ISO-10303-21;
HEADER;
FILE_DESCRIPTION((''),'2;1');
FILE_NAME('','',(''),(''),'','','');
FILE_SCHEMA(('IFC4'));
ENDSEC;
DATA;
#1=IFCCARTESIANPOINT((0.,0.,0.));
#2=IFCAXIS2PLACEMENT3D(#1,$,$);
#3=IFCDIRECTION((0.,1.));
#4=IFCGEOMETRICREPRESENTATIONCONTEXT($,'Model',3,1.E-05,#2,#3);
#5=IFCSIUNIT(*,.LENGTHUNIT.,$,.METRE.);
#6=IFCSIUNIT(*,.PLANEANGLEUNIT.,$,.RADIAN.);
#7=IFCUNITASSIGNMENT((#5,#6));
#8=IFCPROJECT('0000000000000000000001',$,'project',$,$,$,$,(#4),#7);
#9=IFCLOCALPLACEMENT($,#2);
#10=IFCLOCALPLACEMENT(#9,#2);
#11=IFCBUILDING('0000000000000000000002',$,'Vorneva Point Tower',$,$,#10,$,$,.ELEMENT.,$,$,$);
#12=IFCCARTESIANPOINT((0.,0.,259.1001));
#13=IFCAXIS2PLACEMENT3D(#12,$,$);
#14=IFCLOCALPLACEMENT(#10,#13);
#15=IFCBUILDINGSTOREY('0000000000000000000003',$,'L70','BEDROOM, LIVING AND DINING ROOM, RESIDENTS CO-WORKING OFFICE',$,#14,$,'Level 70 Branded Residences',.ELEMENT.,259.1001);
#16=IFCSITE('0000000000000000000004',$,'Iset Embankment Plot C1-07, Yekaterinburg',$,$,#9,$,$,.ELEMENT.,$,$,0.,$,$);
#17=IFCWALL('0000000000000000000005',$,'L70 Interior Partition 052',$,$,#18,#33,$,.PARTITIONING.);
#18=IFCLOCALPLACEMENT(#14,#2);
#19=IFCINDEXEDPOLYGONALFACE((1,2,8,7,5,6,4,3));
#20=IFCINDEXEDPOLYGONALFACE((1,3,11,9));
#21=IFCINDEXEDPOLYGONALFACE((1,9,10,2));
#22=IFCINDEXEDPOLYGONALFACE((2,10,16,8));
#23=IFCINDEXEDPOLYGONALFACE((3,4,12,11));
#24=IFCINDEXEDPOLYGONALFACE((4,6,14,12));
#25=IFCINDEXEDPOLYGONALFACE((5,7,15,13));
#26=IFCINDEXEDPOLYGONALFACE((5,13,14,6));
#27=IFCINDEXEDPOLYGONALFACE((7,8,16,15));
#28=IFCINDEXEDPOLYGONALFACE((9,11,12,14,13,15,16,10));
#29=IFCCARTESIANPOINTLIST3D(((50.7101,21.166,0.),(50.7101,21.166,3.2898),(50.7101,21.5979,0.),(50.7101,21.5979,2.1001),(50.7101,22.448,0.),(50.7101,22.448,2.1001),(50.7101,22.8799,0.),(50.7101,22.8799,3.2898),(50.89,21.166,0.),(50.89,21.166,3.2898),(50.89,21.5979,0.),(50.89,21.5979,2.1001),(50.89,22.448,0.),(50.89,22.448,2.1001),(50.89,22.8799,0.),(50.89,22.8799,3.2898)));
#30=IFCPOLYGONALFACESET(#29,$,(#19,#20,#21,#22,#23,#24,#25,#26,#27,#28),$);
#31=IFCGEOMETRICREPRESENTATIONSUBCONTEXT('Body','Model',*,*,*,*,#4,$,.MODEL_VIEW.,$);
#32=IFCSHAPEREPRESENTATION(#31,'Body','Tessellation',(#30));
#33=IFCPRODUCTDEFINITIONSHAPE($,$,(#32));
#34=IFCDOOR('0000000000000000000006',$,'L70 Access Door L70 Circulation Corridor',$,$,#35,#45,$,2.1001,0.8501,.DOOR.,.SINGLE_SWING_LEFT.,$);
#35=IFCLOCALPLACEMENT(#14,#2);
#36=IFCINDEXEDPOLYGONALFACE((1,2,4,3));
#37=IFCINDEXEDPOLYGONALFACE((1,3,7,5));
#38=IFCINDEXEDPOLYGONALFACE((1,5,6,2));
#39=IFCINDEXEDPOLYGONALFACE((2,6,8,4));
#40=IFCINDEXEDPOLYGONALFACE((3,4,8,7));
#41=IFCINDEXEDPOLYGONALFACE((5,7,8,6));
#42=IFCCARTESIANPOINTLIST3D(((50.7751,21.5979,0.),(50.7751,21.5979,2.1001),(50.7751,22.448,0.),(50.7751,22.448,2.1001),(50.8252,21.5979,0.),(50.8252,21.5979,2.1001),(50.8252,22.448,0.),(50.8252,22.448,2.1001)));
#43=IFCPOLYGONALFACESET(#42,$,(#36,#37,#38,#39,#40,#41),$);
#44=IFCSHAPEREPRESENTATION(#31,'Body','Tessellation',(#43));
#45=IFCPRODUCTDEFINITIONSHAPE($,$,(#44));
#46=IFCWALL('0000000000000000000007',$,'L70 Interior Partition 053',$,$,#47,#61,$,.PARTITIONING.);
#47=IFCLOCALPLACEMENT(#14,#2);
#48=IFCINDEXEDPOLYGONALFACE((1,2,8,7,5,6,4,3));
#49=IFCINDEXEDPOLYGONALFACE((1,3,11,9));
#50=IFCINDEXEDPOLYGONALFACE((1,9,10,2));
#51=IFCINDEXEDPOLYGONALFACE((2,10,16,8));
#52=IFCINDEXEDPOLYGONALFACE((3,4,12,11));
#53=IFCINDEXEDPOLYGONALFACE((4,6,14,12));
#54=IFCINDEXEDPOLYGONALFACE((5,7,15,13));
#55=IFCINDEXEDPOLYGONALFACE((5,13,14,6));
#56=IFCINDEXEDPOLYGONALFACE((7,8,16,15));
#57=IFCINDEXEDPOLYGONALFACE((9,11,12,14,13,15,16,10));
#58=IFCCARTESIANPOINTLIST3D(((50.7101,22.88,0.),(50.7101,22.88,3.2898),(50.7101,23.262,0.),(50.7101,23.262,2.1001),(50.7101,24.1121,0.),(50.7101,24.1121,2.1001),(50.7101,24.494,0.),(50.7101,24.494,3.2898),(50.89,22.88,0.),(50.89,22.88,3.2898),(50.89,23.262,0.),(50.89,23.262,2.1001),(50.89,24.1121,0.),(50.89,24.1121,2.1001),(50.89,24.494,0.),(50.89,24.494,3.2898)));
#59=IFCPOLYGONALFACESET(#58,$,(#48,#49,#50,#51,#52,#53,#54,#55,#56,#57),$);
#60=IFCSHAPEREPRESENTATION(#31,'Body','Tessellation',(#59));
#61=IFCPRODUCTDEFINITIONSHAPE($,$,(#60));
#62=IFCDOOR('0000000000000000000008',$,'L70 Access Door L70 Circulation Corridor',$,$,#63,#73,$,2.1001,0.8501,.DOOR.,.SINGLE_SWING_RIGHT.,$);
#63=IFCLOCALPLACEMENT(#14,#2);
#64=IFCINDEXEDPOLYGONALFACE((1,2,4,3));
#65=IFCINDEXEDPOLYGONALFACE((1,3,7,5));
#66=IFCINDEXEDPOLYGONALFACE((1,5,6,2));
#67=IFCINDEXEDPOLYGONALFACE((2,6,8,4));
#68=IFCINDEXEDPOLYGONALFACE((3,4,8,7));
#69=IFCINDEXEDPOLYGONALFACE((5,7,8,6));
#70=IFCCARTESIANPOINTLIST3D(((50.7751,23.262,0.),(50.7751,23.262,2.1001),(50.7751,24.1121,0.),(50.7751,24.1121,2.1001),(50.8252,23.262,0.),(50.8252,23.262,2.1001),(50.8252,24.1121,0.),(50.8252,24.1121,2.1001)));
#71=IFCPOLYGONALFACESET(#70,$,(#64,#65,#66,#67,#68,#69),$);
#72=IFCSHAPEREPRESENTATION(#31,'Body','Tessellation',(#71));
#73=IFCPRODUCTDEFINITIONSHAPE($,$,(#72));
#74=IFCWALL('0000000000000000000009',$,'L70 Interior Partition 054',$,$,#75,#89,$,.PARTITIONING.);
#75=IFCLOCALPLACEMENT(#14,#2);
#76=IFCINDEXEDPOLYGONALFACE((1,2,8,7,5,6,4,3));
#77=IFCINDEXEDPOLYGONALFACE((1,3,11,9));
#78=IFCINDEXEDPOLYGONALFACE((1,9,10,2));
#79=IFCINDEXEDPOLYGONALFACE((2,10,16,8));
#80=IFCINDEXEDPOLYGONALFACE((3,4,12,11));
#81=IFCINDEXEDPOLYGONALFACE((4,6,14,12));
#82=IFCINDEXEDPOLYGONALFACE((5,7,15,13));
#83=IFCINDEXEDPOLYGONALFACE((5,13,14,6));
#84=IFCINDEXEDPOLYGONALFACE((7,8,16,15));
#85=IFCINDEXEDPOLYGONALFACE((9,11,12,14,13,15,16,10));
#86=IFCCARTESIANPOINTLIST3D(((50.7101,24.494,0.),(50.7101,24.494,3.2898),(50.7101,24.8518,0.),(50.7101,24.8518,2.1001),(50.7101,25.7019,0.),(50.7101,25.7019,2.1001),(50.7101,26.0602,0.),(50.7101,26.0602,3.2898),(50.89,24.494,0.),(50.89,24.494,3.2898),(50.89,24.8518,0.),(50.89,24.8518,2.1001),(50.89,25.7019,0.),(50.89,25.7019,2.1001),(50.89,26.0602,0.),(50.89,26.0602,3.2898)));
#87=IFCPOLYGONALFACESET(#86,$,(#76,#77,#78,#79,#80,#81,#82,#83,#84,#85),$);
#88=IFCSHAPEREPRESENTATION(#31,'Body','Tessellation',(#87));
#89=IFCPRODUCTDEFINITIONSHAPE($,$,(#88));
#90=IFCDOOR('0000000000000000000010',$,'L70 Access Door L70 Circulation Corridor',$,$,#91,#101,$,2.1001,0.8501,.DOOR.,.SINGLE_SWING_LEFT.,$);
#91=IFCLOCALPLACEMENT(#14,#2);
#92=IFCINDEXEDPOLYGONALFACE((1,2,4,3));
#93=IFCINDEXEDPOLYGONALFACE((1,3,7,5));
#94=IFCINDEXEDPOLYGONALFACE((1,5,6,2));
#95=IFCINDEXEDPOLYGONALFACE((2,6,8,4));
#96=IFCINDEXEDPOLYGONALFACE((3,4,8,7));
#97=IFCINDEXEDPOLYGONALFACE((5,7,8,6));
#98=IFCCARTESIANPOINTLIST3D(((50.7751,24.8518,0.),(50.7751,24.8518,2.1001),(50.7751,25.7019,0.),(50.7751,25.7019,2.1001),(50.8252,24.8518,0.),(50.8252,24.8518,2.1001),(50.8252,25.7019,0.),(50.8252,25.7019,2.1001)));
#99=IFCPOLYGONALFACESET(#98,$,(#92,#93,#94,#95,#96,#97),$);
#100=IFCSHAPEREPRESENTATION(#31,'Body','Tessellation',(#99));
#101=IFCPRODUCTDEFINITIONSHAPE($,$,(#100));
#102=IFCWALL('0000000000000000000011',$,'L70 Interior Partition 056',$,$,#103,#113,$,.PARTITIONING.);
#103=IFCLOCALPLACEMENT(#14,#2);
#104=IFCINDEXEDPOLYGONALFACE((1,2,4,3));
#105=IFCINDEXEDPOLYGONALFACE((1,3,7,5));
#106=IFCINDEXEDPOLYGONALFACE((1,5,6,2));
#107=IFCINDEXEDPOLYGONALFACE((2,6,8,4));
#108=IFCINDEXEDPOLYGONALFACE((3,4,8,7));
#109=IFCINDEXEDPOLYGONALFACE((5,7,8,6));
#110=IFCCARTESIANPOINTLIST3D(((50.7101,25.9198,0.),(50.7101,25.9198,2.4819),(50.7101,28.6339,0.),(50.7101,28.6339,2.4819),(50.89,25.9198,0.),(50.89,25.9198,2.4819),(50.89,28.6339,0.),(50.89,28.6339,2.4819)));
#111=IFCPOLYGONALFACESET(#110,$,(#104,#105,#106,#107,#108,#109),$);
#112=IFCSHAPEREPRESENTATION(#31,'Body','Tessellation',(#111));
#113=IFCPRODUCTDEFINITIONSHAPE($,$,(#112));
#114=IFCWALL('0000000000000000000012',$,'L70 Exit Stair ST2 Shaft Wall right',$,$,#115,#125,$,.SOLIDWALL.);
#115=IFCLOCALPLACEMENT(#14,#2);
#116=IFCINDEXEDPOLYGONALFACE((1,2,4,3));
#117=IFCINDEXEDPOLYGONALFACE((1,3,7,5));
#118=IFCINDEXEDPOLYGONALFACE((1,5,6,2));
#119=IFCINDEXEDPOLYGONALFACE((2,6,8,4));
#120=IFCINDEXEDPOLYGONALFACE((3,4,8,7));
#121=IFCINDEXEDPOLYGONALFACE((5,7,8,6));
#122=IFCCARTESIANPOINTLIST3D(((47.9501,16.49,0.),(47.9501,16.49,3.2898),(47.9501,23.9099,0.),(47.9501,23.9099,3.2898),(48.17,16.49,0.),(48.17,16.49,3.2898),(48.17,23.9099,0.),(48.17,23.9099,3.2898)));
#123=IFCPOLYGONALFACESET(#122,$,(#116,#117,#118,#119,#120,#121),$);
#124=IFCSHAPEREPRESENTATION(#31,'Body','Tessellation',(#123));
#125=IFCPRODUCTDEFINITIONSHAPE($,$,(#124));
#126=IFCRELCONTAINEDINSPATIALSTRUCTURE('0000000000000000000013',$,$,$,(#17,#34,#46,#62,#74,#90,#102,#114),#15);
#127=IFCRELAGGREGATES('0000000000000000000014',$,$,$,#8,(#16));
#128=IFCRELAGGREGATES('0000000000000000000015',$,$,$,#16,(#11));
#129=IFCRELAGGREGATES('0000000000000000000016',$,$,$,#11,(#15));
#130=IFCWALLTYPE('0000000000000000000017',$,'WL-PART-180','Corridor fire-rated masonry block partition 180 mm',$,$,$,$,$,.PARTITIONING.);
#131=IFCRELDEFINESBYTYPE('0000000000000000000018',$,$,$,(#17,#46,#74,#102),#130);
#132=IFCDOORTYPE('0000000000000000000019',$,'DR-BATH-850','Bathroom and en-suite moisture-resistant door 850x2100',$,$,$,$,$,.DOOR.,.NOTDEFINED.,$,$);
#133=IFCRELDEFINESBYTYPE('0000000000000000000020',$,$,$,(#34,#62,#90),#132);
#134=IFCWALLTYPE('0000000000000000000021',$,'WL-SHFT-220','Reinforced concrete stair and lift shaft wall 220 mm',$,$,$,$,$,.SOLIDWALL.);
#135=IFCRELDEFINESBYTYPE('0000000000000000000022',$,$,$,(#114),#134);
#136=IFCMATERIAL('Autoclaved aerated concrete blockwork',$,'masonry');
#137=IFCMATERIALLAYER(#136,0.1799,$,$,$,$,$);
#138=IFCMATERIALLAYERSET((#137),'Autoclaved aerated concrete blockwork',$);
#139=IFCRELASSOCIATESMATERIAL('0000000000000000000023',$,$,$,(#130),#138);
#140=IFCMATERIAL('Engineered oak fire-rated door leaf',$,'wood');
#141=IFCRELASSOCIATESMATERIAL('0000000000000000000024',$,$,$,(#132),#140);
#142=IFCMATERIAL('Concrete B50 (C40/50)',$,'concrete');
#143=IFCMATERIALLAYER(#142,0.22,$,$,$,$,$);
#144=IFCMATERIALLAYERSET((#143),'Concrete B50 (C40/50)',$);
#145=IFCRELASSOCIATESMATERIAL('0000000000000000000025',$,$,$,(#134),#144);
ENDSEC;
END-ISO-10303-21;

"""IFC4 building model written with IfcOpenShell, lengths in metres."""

from ifc_helpers import new_model, si_unit, direction, frame, frame_2d, origin, place, context, subcontext, project, spatial, rectangle, extrude, material, layer, layer_set, type_object, element, fill, save


model = new_model("IFC4")

# Units and contexts
model_context = context("Model", 3, precision=1e-05, world=origin(), true_north=direction((0.0, 1.0)))
body_context = subcontext(model_context, "Body", "Model", "MODEL_VIEW")
ifc_project = project(units=[si_unit("LENGTHUNIT", "METRE"), si_unit("PLANEANGLEUNIT", "RADIAN")], contexts=[model_context])

# Site, building, storey
site_placement = place(None, origin())
site = spatial("IfcSite", under=ifc_project, at=site_placement, Name="Iset Embankment Plot C1-07, Yekaterinburg", CompositionType="ELEMENT", RefElevation=0.0)
building_placement = place(site_placement, origin())
building = spatial("IfcBuilding", under=site, at=building_placement, Name="Vorneva Point Tower", CompositionType="ELEMENT")
storey_placement = place(building_placement, frame((0.0, 0.0, 259.1001)))
storey = spatial("IfcBuildingStorey", under=building, at=storey_placement, Name="L70", Description="BEDROOM, LIVING AND DINING ROOM, RESIDENTS CO-WORKING OFFICE", LongName="Level 70 Branded Residences", CompositionType="ELEMENT", Elevation=259.1001)

# Shared definitions
ifc_material_1 = material(Name="Concrete B50 (C40/50)", Category="concrete")

# Walls, openings, doors
ifc_material_2 = material(Name="Autoclaved aerated concrete blockwork", Category="masonry")
ifc_layer_1 = layer(ifc_material_2, 0.1799)
ifc_layer_set_1 = layer_set([ifc_layer_1], Name="Autoclaved aerated concrete blockwork")
wall_type_1 = type_object("IfcWallType", Name="WL-PART-180", Description="Corridor fire-rated masonry block partition 180 mm", PredefinedType="PARTITIONING", material=ifc_layer_set_1)
ifc_material_3 = material(Name="Engineered oak fire-rated door leaf", Category="wood")
door_type_1 = type_object("IfcDoorType", Name="DR-BATH-850", Description="Bathroom and en-suite moisture-resistant door 850x2100", OperationType="NOTDEFINED", PredefinedType="DOOR", material=ifc_material_3)
wall_1_placement = place(storey_placement, frame((50.8, 21.166, 0.0), z_axis=(0.0, 0.0, 1.0), x_axis=(0.0, 1.0, 0.0)))
wall_1 = element("IfcWall", 1, at=wall_1_placement, inside=storey, type_object=wall_type_1, Name="L70 Interior Partition 052", PredefinedType="PARTITIONING", context=body_context, shape_type="SweptSolid", body=[
    extrude(rectangle(XDim=1.7139, YDim=0.1799, at=frame_2d((0.8569, 0.0))), origin(), (0.0, 0.0, 1.0), 3.2898),
])
opening_1_placement = place(wall_1_placement, frame((0.4319, 0.0, 0.0)))
opening_1 = element("IfcOpeningElement", 2, at=opening_1_placement, cuts=wall_1, PredefinedType="OPENING", context=body_context, shape_type="SweptSolid", body=[
    extrude(rectangle(XDim=0.8501, YDim=2.1001, at=frame_2d((0.425, 1.05))), frame((0.0, 0.105, 0.0), z_axis=(0.0, -1.0, 0.0), x_axis=(1.0, 0.0, 0.0)), (0.0, 0.0, 1.0), 0.2097),
])
door_1_placement = place(opening_1_placement, origin())
door_1 = element("IfcDoor", 3, at=door_1_placement, inside=storey, type_object=door_type_1, Name="L70 Access Door L70 Circulation Corridor", OperationType="SINGLE_SWING_LEFT", OverallHeight=2.1001, OverallWidth=0.8501, PredefinedType="DOOR", context=body_context, shape_type="SweptSolid", body=[
    extrude(rectangle(XDim=0.8501, YDim=2.1001, at=frame_2d((0.425, 1.05))), frame((0.0, 0.0249, 0.0), z_axis=(0.0, -1.0, 0.0), x_axis=(1.0, 0.0, 0.0)), (0.0, 0.0, 1.0), 0.05),
])
fill(opening_1, door_1)
wall_2_placement = place(storey_placement, frame((50.8, 22.8799, 0.0), z_axis=(0.0, 0.0, 1.0), x_axis=(0.0, 1.0, 0.0)))
wall_2 = element("IfcWall", 4, at=wall_2_placement, inside=storey, type_object=wall_type_1, Name="L70 Interior Partition 053", PredefinedType="PARTITIONING", context=body_context, shape_type="SweptSolid", body=[
    extrude(rectangle(XDim=1.614, YDim=0.1799, at=frame_2d((0.8071, 0.0))), origin(), (0.0, 0.0, 1.0), 3.2898),
])
opening_2_placement = place(wall_2_placement, frame((0.3821, 0.0, 0.0)))
opening_2 = element("IfcOpeningElement", 5, at=opening_2_placement, cuts=wall_2, PredefinedType="OPENING", context=body_context, shape_type="SweptSolid", body=[
    extrude(rectangle(XDim=0.8501, YDim=2.1001, at=frame_2d((0.425, 1.05))), frame((0.0, 0.105, 0.0), z_axis=(0.0, -1.0, 0.0), x_axis=(1.0, 0.0, 0.0)), (0.0, 0.0, 1.0), 0.2097),
])
door_2_placement = place(opening_2_placement, origin())
door_2 = element("IfcDoor", 6, at=door_2_placement, inside=storey, type_object=door_type_1, Name="L70 Access Door L70 Circulation Corridor", OperationType="SINGLE_SWING_RIGHT", OverallHeight=2.1001, OverallWidth=0.8501, PredefinedType="DOOR", context=body_context, shape_type="SweptSolid", body=[
    extrude(rectangle(XDim=0.8501, YDim=2.1001, at=frame_2d((0.425, 1.05))), frame((0.0, 0.0249, 0.0), z_axis=(0.0, -1.0, 0.0), x_axis=(1.0, 0.0, 0.0)), (0.0, 0.0, 1.0), 0.05),
])
fill(opening_2, door_2)
wall_3_placement = place(storey_placement, frame((50.8, 24.4939, 0.0), z_axis=(0.0, 0.0, 1.0), x_axis=(0.0, 1.0, 0.0)))
wall_3 = element("IfcWall", 7, at=wall_3_placement, inside=storey, type_object=wall_type_1, Name="L70 Interior Partition 054", PredefinedType="PARTITIONING", context=body_context, shape_type="SweptSolid", body=[
    extrude(rectangle(XDim=1.5662, YDim=0.1799, at=frame_2d((0.7832, 0.0))), origin(), (0.0, 0.0, 1.0), 3.2898),
])
opening_3_placement = place(wall_3_placement, frame((0.3579, 0.0, 0.0)))
opening_3 = element("IfcOpeningElement", 8, at=opening_3_placement, cuts=wall_3, PredefinedType="OPENING", context=body_context, shape_type="SweptSolid", body=[
    extrude(rectangle(XDim=0.8501, YDim=2.1001, at=frame_2d((0.425, 1.05))), frame((0.0, 0.105, 0.0), z_axis=(0.0, -1.0, 0.0), x_axis=(1.0, 0.0, 0.0)), (0.0, 0.0, 1.0), 0.2097),
])
door_3_placement = place(opening_3_placement, origin())
door_3 = element("IfcDoor", 9, at=door_3_placement, inside=storey, type_object=door_type_1, Name="L70 Access Door L70 Circulation Corridor", OperationType="SINGLE_SWING_LEFT", OverallHeight=2.1001, OverallWidth=0.8501, PredefinedType="DOOR", context=body_context, shape_type="SweptSolid", body=[
    extrude(rectangle(XDim=0.8501, YDim=2.1001, at=frame_2d((0.425, 1.05))), frame((0.0, 0.0249, 0.0), z_axis=(0.0, -1.0, 0.0), x_axis=(1.0, 0.0, 0.0)), (0.0, 0.0, 1.0), 0.05),
])
fill(opening_3, door_3)

# Walls
wall_4_placement = place(storey_placement, frame((50.8, 25.9199, 0.0), z_axis=(0.0, 0.0, 1.0), x_axis=(0.0, 1.0, 0.0)))
element("IfcWall", 10, at=wall_4_placement, inside=storey, type_object=wall_type_1, Name="L70 Interior Partition 056", PredefinedType="PARTITIONING", context=body_context, shape_type="SweptSolid", body=[
    extrude(rectangle(XDim=2.7141, YDim=0.1799, at=frame_2d((1.3569, 0.0))), origin(), (0.0, 0.0, 1.0), 2.4819),
])
ifc_layer_2 = layer(ifc_material_1, 0.22)
ifc_layer_set_2 = layer_set([ifc_layer_2], Name="Concrete B50 (C40/50)")
wall_type_2 = type_object("IfcWallType", Name="WL-SHFT-220", Description="Reinforced concrete stair and lift shaft wall 220 mm", PredefinedType="SOLIDWALL", material=ifc_layer_set_2)
wall_5_placement = place(storey_placement, frame((48.0601, 23.9099, 0.0), z_axis=(0.0, 0.0, 1.0), x_axis=(0.0, -1.0, 0.0)))
element("IfcWall", 11, at=wall_5_placement, inside=storey, type_object=wall_type_2, Name="L70 Exit Stair ST2 Shaft Wall right", PredefinedType="SOLIDWALL", context=body_context, shape_type="SweptSolid", body=[
    extrude(rectangle(XDim=7.4199, YDim=0.22, at=frame_2d((3.71, 0.0))), origin(), (0.0, 0.0, 1.0), 3.2898),
])

save(model, "model.ifc")
